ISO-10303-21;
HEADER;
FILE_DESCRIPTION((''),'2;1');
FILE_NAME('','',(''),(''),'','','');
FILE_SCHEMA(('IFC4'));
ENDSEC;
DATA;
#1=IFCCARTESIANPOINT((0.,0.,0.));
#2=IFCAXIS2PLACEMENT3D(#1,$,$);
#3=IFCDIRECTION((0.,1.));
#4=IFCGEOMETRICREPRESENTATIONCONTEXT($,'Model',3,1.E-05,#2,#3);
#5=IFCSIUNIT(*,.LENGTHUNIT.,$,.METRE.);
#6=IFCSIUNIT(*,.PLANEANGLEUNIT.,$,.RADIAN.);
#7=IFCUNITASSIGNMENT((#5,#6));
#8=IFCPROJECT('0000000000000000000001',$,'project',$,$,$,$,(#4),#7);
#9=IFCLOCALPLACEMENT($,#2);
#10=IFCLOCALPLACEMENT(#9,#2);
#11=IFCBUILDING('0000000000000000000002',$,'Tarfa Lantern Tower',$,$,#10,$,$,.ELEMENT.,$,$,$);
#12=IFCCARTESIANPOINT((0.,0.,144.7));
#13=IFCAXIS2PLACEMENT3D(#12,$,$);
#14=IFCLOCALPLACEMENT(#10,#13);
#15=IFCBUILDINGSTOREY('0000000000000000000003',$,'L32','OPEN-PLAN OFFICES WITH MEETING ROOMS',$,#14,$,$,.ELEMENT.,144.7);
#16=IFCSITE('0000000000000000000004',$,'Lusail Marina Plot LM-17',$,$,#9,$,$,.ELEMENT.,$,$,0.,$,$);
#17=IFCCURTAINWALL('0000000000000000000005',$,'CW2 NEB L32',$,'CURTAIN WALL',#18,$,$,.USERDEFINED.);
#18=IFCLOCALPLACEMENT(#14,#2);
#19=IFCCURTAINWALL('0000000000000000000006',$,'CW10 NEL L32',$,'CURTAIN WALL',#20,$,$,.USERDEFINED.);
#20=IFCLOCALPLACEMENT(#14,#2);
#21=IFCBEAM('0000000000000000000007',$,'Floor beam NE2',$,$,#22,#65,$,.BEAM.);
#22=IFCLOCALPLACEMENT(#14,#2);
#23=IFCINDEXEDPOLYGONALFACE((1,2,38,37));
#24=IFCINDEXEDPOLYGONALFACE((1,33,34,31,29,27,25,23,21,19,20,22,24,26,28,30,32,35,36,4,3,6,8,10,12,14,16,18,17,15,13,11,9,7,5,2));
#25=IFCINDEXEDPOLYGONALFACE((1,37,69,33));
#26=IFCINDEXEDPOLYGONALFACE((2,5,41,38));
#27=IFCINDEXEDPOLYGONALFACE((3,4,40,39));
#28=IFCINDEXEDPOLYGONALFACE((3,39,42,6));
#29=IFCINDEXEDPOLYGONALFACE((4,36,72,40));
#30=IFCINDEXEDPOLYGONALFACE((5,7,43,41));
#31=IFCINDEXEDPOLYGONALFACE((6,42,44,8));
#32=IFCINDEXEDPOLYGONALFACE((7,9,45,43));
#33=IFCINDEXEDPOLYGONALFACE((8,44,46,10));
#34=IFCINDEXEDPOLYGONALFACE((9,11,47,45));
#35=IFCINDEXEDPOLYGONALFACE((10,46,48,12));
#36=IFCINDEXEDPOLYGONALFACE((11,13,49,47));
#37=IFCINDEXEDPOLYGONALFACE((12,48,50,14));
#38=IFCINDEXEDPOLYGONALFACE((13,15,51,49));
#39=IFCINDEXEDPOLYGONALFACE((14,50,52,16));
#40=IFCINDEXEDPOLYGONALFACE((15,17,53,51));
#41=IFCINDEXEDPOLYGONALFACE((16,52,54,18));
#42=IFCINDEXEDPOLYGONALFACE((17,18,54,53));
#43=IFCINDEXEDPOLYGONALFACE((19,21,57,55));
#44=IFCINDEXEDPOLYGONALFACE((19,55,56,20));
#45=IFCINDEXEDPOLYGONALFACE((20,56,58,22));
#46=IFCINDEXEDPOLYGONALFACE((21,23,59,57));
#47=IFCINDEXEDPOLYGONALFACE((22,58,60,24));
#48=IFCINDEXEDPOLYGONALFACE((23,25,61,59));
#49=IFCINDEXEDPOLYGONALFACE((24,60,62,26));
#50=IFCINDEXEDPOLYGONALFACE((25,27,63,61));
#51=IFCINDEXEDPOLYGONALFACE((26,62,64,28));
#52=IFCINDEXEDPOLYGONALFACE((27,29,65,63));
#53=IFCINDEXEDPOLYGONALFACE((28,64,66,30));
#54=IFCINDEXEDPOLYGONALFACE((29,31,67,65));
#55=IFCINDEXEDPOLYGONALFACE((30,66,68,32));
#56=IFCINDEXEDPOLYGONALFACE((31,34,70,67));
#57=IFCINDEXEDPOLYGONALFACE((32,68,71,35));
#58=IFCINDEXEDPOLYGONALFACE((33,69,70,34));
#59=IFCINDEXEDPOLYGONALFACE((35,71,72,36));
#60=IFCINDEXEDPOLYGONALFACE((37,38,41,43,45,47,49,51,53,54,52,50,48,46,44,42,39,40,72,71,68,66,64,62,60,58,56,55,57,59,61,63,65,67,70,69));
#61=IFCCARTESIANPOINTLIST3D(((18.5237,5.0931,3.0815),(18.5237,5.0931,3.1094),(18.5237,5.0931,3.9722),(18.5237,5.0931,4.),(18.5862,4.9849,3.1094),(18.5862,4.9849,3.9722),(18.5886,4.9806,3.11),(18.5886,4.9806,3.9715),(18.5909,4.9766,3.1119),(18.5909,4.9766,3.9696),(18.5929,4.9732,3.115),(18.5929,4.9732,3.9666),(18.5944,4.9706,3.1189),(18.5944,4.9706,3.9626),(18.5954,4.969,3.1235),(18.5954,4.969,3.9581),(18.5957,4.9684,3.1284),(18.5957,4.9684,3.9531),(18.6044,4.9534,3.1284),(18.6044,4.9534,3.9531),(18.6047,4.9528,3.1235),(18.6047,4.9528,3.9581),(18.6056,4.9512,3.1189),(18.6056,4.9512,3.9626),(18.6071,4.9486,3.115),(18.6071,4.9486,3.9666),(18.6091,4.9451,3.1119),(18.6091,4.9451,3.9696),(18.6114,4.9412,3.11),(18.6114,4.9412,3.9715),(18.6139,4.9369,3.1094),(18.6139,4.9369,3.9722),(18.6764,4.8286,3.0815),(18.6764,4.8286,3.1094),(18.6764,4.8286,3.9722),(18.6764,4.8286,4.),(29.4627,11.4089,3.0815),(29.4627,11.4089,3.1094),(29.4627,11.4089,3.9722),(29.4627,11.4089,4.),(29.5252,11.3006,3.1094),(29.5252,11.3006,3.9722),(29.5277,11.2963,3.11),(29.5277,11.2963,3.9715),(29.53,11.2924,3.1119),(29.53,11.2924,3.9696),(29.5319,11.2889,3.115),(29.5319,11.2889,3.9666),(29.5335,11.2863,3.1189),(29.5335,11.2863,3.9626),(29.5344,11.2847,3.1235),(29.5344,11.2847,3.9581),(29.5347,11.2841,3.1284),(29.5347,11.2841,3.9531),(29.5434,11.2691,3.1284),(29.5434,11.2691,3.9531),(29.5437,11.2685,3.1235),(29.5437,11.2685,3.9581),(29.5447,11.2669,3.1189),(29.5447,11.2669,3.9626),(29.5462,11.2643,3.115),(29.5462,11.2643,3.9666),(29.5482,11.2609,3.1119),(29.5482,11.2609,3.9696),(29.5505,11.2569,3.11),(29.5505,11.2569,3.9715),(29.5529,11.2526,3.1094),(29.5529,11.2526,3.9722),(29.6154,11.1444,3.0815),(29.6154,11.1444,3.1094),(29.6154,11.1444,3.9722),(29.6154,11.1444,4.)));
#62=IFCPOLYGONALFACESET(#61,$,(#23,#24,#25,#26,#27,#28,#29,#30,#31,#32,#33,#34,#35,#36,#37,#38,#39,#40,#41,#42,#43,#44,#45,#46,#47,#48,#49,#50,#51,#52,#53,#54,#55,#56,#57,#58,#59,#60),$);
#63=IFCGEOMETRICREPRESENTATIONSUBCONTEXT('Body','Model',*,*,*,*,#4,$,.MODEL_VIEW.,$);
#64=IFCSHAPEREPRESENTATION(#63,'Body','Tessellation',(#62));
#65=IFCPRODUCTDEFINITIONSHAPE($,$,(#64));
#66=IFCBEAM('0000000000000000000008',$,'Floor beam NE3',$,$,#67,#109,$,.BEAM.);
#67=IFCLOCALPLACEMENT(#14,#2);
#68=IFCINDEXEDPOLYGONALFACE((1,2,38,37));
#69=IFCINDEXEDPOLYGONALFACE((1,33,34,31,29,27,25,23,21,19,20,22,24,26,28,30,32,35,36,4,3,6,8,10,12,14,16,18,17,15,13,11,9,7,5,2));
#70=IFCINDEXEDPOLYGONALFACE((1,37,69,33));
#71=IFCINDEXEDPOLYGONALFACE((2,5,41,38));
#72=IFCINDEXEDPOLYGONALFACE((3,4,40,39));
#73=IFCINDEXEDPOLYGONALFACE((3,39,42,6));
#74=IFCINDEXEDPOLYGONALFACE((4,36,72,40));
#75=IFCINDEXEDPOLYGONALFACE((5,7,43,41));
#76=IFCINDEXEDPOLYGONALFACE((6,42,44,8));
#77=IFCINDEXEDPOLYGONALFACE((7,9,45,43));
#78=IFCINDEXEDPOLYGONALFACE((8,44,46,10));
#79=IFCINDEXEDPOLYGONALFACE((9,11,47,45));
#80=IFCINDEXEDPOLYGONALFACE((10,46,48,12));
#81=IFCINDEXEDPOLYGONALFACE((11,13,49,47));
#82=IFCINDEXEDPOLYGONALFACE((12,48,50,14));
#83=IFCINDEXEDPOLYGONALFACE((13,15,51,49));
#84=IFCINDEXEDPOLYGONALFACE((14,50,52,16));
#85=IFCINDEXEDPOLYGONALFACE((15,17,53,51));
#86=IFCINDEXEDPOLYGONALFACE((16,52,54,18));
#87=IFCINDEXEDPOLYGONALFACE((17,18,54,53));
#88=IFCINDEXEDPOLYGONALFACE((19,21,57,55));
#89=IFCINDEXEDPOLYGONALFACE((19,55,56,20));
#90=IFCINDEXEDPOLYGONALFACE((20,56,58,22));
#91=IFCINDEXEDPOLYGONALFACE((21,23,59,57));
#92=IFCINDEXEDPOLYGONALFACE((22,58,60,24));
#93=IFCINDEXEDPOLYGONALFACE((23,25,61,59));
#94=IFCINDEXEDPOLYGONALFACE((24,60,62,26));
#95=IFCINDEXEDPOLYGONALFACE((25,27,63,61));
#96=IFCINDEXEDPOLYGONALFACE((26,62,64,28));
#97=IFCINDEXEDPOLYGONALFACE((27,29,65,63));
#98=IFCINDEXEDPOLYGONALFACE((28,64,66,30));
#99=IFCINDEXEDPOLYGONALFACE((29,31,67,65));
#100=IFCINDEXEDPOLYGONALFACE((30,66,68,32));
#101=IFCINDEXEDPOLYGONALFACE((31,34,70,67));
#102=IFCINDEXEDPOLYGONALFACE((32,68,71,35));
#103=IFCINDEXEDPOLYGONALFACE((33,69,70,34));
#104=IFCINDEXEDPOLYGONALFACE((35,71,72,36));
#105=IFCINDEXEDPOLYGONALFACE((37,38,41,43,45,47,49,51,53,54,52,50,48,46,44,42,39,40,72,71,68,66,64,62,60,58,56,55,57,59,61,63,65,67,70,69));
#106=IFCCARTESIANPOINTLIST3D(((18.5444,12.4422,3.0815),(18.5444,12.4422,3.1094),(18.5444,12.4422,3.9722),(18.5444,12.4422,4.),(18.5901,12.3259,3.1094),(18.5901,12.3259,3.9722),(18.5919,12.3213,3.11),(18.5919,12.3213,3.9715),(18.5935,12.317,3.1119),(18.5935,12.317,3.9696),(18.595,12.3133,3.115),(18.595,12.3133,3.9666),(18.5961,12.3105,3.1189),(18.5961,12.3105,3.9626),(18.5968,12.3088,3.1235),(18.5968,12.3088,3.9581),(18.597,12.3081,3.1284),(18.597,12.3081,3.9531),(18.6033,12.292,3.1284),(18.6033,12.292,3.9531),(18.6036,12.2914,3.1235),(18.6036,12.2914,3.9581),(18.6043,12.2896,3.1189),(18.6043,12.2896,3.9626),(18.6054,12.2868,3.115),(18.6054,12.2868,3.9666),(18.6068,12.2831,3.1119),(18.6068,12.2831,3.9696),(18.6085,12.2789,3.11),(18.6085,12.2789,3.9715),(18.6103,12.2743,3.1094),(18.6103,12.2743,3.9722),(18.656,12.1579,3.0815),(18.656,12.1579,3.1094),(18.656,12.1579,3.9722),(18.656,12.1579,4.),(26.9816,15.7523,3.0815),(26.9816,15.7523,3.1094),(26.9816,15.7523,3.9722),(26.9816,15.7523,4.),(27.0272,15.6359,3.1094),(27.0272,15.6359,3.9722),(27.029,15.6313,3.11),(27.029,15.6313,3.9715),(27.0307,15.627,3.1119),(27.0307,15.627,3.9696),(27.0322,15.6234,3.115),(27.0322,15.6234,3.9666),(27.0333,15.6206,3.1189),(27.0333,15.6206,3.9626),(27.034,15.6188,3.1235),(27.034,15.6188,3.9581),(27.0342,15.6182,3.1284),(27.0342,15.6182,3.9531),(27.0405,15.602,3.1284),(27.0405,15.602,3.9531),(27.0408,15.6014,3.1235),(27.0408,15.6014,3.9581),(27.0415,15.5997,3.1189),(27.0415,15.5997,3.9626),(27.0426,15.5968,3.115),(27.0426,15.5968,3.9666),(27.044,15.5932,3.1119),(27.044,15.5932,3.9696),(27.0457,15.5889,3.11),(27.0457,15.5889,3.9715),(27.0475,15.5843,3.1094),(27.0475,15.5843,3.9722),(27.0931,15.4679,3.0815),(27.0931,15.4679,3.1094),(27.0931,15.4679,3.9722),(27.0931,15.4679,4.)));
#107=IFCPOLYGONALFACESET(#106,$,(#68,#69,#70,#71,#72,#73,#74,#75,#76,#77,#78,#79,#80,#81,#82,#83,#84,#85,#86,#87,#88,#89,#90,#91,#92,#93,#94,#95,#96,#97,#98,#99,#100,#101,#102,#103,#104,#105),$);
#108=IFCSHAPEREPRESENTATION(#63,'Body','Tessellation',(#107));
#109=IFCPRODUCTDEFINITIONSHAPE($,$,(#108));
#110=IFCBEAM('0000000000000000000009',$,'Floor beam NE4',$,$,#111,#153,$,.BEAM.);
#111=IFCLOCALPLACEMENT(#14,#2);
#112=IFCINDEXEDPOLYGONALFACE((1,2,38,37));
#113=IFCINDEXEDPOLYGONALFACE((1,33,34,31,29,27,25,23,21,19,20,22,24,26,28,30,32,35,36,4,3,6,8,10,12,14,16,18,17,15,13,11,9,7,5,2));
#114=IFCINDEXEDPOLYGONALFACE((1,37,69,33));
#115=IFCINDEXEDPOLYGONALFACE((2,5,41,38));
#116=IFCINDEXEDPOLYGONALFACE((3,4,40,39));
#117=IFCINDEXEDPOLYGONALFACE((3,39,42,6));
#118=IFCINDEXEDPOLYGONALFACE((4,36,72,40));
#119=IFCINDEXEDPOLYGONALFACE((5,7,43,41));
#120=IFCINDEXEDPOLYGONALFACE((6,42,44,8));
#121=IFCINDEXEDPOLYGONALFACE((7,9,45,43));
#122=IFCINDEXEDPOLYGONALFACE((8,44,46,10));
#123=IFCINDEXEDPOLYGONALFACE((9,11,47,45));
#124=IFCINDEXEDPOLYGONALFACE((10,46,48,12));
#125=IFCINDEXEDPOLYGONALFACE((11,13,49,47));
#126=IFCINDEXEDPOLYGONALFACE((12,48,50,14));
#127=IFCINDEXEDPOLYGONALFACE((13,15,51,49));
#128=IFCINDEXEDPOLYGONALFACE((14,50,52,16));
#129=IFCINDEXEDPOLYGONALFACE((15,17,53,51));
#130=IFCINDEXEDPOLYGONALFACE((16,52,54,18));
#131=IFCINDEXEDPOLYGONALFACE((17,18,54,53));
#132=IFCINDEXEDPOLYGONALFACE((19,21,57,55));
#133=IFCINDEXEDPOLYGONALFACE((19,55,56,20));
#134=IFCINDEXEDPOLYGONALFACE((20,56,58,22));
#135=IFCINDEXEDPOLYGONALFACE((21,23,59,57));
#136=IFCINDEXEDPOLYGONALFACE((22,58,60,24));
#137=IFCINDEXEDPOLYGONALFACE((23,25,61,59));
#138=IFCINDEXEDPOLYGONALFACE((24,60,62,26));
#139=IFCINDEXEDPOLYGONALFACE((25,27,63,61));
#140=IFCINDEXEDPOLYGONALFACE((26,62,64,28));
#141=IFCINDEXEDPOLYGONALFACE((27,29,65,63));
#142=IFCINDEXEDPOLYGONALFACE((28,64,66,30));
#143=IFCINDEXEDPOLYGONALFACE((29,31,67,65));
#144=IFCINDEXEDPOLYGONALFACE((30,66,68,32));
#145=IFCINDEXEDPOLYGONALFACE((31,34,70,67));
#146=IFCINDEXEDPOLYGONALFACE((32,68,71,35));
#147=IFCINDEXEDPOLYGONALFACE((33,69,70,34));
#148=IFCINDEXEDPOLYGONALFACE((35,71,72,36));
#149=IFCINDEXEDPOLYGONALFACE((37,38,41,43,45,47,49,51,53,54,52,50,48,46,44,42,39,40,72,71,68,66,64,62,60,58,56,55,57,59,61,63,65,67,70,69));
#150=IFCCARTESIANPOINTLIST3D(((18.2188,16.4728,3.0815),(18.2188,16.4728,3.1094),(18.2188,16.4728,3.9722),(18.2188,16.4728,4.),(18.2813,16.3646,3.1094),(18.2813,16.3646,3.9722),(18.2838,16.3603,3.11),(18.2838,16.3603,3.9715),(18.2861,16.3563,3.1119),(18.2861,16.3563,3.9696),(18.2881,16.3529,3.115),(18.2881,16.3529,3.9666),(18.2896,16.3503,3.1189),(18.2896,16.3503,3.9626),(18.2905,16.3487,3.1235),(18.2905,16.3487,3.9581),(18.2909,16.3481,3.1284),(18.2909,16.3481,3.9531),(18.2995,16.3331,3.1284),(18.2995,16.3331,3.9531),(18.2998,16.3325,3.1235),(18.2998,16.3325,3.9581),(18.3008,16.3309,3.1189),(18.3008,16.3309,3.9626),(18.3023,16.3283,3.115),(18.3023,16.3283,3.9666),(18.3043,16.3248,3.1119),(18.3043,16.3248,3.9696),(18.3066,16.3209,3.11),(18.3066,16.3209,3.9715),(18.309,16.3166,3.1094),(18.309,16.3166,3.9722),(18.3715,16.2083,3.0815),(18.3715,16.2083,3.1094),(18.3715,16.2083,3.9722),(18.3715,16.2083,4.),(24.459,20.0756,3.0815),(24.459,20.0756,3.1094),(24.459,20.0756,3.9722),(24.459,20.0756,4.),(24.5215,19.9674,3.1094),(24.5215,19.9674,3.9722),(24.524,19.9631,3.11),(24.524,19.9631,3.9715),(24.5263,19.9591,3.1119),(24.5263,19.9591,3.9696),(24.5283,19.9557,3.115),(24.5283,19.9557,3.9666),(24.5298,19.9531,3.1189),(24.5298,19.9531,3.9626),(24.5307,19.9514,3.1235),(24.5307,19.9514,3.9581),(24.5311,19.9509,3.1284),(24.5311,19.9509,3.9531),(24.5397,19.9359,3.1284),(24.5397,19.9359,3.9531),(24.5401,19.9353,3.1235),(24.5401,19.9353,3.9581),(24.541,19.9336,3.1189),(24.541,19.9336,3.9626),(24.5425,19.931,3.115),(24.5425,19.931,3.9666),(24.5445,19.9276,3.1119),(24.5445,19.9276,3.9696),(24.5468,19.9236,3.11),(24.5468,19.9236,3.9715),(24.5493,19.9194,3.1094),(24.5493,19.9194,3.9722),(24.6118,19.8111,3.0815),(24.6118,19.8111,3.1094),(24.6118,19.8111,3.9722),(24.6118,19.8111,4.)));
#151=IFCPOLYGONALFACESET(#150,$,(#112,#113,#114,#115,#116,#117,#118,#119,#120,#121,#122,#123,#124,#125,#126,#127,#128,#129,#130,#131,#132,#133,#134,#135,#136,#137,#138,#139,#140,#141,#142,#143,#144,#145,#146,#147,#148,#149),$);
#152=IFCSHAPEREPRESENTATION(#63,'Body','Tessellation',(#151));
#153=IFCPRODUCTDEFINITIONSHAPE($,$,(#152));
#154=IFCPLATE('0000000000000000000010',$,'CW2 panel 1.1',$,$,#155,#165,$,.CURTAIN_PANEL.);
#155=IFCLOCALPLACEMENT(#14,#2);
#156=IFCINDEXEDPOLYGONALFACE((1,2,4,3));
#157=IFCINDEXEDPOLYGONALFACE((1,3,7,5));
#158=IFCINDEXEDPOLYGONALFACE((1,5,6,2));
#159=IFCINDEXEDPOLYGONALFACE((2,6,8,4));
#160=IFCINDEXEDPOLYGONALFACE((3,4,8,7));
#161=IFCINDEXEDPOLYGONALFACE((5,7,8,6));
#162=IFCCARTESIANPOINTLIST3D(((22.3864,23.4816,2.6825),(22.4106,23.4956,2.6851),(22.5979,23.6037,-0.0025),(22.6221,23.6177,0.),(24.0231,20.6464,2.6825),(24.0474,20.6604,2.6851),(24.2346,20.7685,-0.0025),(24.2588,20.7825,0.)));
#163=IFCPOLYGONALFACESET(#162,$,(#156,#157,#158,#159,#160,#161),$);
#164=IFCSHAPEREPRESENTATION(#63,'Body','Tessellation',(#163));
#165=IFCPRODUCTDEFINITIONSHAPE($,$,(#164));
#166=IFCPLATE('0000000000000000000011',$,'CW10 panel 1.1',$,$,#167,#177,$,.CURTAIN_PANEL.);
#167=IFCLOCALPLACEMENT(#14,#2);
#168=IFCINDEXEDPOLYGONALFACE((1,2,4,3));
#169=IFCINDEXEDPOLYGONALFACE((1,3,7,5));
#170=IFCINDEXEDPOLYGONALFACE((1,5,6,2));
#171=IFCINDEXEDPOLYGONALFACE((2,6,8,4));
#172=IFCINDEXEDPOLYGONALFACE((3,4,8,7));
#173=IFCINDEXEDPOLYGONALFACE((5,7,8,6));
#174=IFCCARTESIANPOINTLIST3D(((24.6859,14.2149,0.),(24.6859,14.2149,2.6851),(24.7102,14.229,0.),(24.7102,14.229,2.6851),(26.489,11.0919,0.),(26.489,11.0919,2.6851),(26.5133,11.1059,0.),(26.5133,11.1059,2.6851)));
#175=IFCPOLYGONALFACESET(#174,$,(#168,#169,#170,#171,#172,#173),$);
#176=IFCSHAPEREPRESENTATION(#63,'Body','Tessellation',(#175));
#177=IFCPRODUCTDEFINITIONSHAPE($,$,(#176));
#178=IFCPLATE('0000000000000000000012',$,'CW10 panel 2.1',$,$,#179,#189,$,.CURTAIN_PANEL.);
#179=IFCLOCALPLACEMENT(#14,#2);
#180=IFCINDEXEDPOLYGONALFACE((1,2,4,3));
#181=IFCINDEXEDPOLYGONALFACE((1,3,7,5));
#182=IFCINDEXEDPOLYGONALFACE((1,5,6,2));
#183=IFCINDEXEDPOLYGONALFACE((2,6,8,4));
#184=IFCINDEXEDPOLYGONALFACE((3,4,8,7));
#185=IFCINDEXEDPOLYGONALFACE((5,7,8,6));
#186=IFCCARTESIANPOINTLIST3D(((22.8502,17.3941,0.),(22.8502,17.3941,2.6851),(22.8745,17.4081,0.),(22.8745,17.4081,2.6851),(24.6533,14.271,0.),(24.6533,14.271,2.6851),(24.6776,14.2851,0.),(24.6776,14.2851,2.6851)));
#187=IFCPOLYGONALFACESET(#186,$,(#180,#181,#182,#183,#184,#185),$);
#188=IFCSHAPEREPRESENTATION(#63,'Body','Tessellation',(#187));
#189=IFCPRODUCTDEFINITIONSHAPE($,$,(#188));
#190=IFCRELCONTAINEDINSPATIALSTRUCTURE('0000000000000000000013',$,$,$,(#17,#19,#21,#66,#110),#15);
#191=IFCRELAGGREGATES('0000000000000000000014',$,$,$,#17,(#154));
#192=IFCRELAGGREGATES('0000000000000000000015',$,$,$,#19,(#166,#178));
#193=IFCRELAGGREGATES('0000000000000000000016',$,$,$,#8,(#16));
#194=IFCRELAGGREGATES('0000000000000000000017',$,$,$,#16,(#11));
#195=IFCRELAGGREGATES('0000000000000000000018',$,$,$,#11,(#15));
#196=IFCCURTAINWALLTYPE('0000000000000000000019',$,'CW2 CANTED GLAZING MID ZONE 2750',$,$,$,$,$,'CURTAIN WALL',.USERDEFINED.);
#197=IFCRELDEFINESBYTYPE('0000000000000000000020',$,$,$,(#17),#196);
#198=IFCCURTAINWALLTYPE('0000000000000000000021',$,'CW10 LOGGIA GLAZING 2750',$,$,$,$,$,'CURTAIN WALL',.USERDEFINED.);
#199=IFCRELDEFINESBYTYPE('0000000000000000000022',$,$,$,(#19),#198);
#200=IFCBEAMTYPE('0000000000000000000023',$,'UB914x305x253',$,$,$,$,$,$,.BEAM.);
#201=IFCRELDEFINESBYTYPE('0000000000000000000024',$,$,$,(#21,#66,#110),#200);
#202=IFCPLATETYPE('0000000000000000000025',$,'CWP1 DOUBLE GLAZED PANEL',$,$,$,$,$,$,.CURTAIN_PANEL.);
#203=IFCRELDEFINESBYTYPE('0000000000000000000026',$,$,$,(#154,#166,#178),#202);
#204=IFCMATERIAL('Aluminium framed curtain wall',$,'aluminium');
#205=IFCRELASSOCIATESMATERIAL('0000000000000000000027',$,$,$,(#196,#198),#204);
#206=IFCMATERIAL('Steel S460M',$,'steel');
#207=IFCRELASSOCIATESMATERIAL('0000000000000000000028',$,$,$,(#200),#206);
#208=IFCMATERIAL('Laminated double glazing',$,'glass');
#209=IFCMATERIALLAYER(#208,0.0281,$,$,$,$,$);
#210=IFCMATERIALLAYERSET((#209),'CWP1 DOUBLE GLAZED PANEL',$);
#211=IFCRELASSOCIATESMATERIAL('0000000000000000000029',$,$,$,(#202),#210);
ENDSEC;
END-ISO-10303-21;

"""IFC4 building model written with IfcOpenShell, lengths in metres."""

from ifc_helpers import new_model, si_unit, direction, frame, origin, origin_2d, place, context, subcontext, project, spatial, polyline, rectangle, i_section, outline, extrude, material, layer, layer_set, material_profile, profile_set, type_object, element, aggregate, save


model = new_model("IFC4")

# Units and contexts
model_context = context("Model", 3, precision=1e-05, world=origin(), true_north=direction((0.0, 1.0)))
body_context = subcontext(model_context, "Body", "Model", "MODEL_VIEW")
ifc_project = project(units=[si_unit("LENGTHUNIT", "METRE"), si_unit("PLANEANGLEUNIT", "RADIAN")], contexts=[model_context])

# Site, building, storey
site_placement = place(None, origin())
site = spatial("IfcSite", under=ifc_project, at=site_placement, Name="Lusail Marina Plot LM-17", CompositionType="ELEMENT", RefElevation=0.0)
building_placement = place(site_placement, origin())
building = spatial("IfcBuilding", under=site, at=building_placement, Name="Tarfa Lantern Tower", CompositionType="ELEMENT")
storey_placement = place(building_placement, frame((0.0, 0.0, 144.7)))
storey = spatial("IfcBuildingStorey", under=building, at=storey_placement, Name="L32", Description="OPEN-PLAN OFFICES WITH MEETING ROOMS", CompositionType="ELEMENT", Elevation=144.7)

# Curtain walls
ifc_material_1 = material(Name="Aluminium framed curtain wall", Category="aluminium")
curtain_wall_type_1 = type_object("IfcCurtainWallType", Name="CW2 CANTED GLAZING MID ZONE 2750", ElementType="CURTAIN WALL", PredefinedType="USERDEFINED", material=ifc_material_1)
curtain_wall_1_placement = place(storey_placement, origin())
curtain_wall_1 = element("IfcCurtainWall", 1, at=curtain_wall_1_placement, inside=storey, type_object=curtain_wall_type_1, Name="CW2 NEB L32", ObjectType="CURTAIN WALL", PredefinedType="USERDEFINED")
curtain_wall_type_2 = type_object("IfcCurtainWallType", Name="CW10 LOGGIA GLAZING 2750", ElementType="CURTAIN WALL", PredefinedType="USERDEFINED", material=ifc_material_1)
curtain_wall_2_placement = place(storey_placement, origin())
curtain_wall_2 = element("IfcCurtainWall", 2, at=curtain_wall_2_placement, inside=storey, type_object=curtain_wall_type_2, Name="CW10 NEL L32", ObjectType="CURTAIN WALL", PredefinedType="USERDEFINED")

# Beams
ifc_material_2 = material(Name="Steel S460M", Category="steel")
ifc_material_profile_1 = material_profile(ifc_material_2, i_section(OverallWidth=0.3054, OverallDepth=0.9185, WebThickness=0.0173, FlangeThickness=0.0278, FilletRadius=0.019, at=origin_2d()), Name="UB914x305x253")
ifc_profile_set_1 = profile_set([ifc_material_profile_1], Name="Steel S460M")
beam_type_1 = type_object("IfcBeamType", Name="UB914x305x253", PredefinedType="BEAM", material=ifc_profile_set_1)
beam_1_placement = place(storey_placement, frame((29.5391, 11.2766, 3.5408), z_axis=(-0.866023, -0.500004, 0.0), x_axis=(0.500004, -0.866023, 0.0)))
element("IfcBeam", 3, at=beam_1_placement, inside=storey, type_object=beam_type_1, Name="Floor beam NE2", PredefinedType="BEAM", context=body_context, shape_type="SweptSolid", body=[
    extrude(i_section(OverallWidth=0.3054, OverallDepth=0.9185, WebThickness=0.0173, FlangeThickness=0.0278, FilletRadius=0.019, at=origin_2d()), origin(), (0.0, 0.0, 1.0), 12.6313),
])
beam_2_placement = place(storey_placement, frame((27.0374, 15.6101, 3.5408), z_axis=(-0.930923, -0.365215, 0.0), x_axis=(0.365215, -0.930923, 0.0)))
element("IfcBeam", 4, at=beam_2_placement, inside=storey, type_object=beam_type_1, Name="Floor beam NE3", PredefinedType="BEAM", context=body_context, shape_type="SweptSolid", body=[
    extrude(i_section(OverallWidth=0.3054, OverallDepth=0.9185, WebThickness=0.0173, FlangeThickness=0.0278, FilletRadius=0.019, at=origin_2d()), origin(), (0.0, 0.0, 1.0), 9.0632),
])
beam_3_placement = place(storey_placement, frame((24.5354, 19.9434, 3.5408), z_axis=(-0.866026, -0.499998, 0.0), x_axis=(0.499998, -0.866026, 0.0)))
element("IfcBeam", 5, at=beam_3_placement, inside=storey, type_object=beam_type_1, Name="Floor beam NE4", PredefinedType="BEAM", context=body_context, shape_type="SweptSolid", body=[
    extrude(i_section(OverallWidth=0.3054, OverallDepth=0.9185, WebThickness=0.0173, FlangeThickness=0.0278, FilletRadius=0.019, at=origin_2d()), origin(), (0.0, 0.0, 1.0), 7.2056),
])

# Plates
ifc_material_3 = material(Name="Laminated double glazing", Category="glass")
ifc_layer_1 = layer(ifc_material_3, 0.0281)
ifc_layer_set_1 = layer_set([ifc_layer_1], Name="CWP1 DOUBLE GLAZED PANEL")
plate_type_1 = type_object("IfcPlateType", Name="CWP1 DOUBLE GLAZED PANEL", PredefinedType="CURTAIN_PANEL", material=ifc_layer_set_1)
plate_1_placement = place(storey_placement, frame((24.2588, 20.7825, 0.0), z_axis=(0.862492, 0.497903, 0.09055), x_axis=(-0.499957, 0.86605, 0.0)))
plate_1 = element("IfcPlate", 6, at=plate_1_placement, type_object=plate_type_1, Name="CW2 panel 1.1", PredefinedType="CURTAIN_PANEL", context=body_context, shape_type="SweptSolid", body=[
    extrude(outline(polyline([(0.0, 0.0), (3.2737, 0.0), (3.2737, 2.6961), (0.0, 2.6961), (0.0, 0.0)])), origin(), (0.0, 0.0, -1.0), 0.0281),
])
aggregate(curtain_wall_1, [plate_1])
plate_2_placement = place(storey_placement, frame((25.5996, 12.6604, 0.0), z_axis=(0.0, 0.0, 1.0), x_axis=(-0.5, 0.866025, 0.0)))
plate_2 = element("IfcPlate", 7, at=plate_2_placement, type_object=plate_type_1, Name="CW10 panel 1.1", PredefinedType="CURTAIN_PANEL", context=body_context, shape_type="SweptSolid", body=[
    extrude(rectangle(XDim=3.6062, YDim=0.0281, at=origin_2d()), origin(), (0.0, 0.0, 1.0), 2.6851),
])
plate_3_placement = place(storey_placement, frame((23.7639, 15.8396, 0.0), z_axis=(0.0, 0.0, 1.0), x_axis=(-0.5, 0.866025, 0.0)))
plate_3 = element("IfcPlate", 8, at=plate_3_placement, type_object=plate_type_1, Name="CW10 panel 2.1", PredefinedType="CURTAIN_PANEL", context=body_context, shape_type="SweptSolid", body=[
    extrude(rectangle(XDim=3.6062, YDim=0.0281, at=origin_2d()), origin(), (0.0, 0.0, 1.0), 2.6851),
])
aggregate(curtain_wall_2, [plate_2, plate_3])

save(model, "model.ifc")
